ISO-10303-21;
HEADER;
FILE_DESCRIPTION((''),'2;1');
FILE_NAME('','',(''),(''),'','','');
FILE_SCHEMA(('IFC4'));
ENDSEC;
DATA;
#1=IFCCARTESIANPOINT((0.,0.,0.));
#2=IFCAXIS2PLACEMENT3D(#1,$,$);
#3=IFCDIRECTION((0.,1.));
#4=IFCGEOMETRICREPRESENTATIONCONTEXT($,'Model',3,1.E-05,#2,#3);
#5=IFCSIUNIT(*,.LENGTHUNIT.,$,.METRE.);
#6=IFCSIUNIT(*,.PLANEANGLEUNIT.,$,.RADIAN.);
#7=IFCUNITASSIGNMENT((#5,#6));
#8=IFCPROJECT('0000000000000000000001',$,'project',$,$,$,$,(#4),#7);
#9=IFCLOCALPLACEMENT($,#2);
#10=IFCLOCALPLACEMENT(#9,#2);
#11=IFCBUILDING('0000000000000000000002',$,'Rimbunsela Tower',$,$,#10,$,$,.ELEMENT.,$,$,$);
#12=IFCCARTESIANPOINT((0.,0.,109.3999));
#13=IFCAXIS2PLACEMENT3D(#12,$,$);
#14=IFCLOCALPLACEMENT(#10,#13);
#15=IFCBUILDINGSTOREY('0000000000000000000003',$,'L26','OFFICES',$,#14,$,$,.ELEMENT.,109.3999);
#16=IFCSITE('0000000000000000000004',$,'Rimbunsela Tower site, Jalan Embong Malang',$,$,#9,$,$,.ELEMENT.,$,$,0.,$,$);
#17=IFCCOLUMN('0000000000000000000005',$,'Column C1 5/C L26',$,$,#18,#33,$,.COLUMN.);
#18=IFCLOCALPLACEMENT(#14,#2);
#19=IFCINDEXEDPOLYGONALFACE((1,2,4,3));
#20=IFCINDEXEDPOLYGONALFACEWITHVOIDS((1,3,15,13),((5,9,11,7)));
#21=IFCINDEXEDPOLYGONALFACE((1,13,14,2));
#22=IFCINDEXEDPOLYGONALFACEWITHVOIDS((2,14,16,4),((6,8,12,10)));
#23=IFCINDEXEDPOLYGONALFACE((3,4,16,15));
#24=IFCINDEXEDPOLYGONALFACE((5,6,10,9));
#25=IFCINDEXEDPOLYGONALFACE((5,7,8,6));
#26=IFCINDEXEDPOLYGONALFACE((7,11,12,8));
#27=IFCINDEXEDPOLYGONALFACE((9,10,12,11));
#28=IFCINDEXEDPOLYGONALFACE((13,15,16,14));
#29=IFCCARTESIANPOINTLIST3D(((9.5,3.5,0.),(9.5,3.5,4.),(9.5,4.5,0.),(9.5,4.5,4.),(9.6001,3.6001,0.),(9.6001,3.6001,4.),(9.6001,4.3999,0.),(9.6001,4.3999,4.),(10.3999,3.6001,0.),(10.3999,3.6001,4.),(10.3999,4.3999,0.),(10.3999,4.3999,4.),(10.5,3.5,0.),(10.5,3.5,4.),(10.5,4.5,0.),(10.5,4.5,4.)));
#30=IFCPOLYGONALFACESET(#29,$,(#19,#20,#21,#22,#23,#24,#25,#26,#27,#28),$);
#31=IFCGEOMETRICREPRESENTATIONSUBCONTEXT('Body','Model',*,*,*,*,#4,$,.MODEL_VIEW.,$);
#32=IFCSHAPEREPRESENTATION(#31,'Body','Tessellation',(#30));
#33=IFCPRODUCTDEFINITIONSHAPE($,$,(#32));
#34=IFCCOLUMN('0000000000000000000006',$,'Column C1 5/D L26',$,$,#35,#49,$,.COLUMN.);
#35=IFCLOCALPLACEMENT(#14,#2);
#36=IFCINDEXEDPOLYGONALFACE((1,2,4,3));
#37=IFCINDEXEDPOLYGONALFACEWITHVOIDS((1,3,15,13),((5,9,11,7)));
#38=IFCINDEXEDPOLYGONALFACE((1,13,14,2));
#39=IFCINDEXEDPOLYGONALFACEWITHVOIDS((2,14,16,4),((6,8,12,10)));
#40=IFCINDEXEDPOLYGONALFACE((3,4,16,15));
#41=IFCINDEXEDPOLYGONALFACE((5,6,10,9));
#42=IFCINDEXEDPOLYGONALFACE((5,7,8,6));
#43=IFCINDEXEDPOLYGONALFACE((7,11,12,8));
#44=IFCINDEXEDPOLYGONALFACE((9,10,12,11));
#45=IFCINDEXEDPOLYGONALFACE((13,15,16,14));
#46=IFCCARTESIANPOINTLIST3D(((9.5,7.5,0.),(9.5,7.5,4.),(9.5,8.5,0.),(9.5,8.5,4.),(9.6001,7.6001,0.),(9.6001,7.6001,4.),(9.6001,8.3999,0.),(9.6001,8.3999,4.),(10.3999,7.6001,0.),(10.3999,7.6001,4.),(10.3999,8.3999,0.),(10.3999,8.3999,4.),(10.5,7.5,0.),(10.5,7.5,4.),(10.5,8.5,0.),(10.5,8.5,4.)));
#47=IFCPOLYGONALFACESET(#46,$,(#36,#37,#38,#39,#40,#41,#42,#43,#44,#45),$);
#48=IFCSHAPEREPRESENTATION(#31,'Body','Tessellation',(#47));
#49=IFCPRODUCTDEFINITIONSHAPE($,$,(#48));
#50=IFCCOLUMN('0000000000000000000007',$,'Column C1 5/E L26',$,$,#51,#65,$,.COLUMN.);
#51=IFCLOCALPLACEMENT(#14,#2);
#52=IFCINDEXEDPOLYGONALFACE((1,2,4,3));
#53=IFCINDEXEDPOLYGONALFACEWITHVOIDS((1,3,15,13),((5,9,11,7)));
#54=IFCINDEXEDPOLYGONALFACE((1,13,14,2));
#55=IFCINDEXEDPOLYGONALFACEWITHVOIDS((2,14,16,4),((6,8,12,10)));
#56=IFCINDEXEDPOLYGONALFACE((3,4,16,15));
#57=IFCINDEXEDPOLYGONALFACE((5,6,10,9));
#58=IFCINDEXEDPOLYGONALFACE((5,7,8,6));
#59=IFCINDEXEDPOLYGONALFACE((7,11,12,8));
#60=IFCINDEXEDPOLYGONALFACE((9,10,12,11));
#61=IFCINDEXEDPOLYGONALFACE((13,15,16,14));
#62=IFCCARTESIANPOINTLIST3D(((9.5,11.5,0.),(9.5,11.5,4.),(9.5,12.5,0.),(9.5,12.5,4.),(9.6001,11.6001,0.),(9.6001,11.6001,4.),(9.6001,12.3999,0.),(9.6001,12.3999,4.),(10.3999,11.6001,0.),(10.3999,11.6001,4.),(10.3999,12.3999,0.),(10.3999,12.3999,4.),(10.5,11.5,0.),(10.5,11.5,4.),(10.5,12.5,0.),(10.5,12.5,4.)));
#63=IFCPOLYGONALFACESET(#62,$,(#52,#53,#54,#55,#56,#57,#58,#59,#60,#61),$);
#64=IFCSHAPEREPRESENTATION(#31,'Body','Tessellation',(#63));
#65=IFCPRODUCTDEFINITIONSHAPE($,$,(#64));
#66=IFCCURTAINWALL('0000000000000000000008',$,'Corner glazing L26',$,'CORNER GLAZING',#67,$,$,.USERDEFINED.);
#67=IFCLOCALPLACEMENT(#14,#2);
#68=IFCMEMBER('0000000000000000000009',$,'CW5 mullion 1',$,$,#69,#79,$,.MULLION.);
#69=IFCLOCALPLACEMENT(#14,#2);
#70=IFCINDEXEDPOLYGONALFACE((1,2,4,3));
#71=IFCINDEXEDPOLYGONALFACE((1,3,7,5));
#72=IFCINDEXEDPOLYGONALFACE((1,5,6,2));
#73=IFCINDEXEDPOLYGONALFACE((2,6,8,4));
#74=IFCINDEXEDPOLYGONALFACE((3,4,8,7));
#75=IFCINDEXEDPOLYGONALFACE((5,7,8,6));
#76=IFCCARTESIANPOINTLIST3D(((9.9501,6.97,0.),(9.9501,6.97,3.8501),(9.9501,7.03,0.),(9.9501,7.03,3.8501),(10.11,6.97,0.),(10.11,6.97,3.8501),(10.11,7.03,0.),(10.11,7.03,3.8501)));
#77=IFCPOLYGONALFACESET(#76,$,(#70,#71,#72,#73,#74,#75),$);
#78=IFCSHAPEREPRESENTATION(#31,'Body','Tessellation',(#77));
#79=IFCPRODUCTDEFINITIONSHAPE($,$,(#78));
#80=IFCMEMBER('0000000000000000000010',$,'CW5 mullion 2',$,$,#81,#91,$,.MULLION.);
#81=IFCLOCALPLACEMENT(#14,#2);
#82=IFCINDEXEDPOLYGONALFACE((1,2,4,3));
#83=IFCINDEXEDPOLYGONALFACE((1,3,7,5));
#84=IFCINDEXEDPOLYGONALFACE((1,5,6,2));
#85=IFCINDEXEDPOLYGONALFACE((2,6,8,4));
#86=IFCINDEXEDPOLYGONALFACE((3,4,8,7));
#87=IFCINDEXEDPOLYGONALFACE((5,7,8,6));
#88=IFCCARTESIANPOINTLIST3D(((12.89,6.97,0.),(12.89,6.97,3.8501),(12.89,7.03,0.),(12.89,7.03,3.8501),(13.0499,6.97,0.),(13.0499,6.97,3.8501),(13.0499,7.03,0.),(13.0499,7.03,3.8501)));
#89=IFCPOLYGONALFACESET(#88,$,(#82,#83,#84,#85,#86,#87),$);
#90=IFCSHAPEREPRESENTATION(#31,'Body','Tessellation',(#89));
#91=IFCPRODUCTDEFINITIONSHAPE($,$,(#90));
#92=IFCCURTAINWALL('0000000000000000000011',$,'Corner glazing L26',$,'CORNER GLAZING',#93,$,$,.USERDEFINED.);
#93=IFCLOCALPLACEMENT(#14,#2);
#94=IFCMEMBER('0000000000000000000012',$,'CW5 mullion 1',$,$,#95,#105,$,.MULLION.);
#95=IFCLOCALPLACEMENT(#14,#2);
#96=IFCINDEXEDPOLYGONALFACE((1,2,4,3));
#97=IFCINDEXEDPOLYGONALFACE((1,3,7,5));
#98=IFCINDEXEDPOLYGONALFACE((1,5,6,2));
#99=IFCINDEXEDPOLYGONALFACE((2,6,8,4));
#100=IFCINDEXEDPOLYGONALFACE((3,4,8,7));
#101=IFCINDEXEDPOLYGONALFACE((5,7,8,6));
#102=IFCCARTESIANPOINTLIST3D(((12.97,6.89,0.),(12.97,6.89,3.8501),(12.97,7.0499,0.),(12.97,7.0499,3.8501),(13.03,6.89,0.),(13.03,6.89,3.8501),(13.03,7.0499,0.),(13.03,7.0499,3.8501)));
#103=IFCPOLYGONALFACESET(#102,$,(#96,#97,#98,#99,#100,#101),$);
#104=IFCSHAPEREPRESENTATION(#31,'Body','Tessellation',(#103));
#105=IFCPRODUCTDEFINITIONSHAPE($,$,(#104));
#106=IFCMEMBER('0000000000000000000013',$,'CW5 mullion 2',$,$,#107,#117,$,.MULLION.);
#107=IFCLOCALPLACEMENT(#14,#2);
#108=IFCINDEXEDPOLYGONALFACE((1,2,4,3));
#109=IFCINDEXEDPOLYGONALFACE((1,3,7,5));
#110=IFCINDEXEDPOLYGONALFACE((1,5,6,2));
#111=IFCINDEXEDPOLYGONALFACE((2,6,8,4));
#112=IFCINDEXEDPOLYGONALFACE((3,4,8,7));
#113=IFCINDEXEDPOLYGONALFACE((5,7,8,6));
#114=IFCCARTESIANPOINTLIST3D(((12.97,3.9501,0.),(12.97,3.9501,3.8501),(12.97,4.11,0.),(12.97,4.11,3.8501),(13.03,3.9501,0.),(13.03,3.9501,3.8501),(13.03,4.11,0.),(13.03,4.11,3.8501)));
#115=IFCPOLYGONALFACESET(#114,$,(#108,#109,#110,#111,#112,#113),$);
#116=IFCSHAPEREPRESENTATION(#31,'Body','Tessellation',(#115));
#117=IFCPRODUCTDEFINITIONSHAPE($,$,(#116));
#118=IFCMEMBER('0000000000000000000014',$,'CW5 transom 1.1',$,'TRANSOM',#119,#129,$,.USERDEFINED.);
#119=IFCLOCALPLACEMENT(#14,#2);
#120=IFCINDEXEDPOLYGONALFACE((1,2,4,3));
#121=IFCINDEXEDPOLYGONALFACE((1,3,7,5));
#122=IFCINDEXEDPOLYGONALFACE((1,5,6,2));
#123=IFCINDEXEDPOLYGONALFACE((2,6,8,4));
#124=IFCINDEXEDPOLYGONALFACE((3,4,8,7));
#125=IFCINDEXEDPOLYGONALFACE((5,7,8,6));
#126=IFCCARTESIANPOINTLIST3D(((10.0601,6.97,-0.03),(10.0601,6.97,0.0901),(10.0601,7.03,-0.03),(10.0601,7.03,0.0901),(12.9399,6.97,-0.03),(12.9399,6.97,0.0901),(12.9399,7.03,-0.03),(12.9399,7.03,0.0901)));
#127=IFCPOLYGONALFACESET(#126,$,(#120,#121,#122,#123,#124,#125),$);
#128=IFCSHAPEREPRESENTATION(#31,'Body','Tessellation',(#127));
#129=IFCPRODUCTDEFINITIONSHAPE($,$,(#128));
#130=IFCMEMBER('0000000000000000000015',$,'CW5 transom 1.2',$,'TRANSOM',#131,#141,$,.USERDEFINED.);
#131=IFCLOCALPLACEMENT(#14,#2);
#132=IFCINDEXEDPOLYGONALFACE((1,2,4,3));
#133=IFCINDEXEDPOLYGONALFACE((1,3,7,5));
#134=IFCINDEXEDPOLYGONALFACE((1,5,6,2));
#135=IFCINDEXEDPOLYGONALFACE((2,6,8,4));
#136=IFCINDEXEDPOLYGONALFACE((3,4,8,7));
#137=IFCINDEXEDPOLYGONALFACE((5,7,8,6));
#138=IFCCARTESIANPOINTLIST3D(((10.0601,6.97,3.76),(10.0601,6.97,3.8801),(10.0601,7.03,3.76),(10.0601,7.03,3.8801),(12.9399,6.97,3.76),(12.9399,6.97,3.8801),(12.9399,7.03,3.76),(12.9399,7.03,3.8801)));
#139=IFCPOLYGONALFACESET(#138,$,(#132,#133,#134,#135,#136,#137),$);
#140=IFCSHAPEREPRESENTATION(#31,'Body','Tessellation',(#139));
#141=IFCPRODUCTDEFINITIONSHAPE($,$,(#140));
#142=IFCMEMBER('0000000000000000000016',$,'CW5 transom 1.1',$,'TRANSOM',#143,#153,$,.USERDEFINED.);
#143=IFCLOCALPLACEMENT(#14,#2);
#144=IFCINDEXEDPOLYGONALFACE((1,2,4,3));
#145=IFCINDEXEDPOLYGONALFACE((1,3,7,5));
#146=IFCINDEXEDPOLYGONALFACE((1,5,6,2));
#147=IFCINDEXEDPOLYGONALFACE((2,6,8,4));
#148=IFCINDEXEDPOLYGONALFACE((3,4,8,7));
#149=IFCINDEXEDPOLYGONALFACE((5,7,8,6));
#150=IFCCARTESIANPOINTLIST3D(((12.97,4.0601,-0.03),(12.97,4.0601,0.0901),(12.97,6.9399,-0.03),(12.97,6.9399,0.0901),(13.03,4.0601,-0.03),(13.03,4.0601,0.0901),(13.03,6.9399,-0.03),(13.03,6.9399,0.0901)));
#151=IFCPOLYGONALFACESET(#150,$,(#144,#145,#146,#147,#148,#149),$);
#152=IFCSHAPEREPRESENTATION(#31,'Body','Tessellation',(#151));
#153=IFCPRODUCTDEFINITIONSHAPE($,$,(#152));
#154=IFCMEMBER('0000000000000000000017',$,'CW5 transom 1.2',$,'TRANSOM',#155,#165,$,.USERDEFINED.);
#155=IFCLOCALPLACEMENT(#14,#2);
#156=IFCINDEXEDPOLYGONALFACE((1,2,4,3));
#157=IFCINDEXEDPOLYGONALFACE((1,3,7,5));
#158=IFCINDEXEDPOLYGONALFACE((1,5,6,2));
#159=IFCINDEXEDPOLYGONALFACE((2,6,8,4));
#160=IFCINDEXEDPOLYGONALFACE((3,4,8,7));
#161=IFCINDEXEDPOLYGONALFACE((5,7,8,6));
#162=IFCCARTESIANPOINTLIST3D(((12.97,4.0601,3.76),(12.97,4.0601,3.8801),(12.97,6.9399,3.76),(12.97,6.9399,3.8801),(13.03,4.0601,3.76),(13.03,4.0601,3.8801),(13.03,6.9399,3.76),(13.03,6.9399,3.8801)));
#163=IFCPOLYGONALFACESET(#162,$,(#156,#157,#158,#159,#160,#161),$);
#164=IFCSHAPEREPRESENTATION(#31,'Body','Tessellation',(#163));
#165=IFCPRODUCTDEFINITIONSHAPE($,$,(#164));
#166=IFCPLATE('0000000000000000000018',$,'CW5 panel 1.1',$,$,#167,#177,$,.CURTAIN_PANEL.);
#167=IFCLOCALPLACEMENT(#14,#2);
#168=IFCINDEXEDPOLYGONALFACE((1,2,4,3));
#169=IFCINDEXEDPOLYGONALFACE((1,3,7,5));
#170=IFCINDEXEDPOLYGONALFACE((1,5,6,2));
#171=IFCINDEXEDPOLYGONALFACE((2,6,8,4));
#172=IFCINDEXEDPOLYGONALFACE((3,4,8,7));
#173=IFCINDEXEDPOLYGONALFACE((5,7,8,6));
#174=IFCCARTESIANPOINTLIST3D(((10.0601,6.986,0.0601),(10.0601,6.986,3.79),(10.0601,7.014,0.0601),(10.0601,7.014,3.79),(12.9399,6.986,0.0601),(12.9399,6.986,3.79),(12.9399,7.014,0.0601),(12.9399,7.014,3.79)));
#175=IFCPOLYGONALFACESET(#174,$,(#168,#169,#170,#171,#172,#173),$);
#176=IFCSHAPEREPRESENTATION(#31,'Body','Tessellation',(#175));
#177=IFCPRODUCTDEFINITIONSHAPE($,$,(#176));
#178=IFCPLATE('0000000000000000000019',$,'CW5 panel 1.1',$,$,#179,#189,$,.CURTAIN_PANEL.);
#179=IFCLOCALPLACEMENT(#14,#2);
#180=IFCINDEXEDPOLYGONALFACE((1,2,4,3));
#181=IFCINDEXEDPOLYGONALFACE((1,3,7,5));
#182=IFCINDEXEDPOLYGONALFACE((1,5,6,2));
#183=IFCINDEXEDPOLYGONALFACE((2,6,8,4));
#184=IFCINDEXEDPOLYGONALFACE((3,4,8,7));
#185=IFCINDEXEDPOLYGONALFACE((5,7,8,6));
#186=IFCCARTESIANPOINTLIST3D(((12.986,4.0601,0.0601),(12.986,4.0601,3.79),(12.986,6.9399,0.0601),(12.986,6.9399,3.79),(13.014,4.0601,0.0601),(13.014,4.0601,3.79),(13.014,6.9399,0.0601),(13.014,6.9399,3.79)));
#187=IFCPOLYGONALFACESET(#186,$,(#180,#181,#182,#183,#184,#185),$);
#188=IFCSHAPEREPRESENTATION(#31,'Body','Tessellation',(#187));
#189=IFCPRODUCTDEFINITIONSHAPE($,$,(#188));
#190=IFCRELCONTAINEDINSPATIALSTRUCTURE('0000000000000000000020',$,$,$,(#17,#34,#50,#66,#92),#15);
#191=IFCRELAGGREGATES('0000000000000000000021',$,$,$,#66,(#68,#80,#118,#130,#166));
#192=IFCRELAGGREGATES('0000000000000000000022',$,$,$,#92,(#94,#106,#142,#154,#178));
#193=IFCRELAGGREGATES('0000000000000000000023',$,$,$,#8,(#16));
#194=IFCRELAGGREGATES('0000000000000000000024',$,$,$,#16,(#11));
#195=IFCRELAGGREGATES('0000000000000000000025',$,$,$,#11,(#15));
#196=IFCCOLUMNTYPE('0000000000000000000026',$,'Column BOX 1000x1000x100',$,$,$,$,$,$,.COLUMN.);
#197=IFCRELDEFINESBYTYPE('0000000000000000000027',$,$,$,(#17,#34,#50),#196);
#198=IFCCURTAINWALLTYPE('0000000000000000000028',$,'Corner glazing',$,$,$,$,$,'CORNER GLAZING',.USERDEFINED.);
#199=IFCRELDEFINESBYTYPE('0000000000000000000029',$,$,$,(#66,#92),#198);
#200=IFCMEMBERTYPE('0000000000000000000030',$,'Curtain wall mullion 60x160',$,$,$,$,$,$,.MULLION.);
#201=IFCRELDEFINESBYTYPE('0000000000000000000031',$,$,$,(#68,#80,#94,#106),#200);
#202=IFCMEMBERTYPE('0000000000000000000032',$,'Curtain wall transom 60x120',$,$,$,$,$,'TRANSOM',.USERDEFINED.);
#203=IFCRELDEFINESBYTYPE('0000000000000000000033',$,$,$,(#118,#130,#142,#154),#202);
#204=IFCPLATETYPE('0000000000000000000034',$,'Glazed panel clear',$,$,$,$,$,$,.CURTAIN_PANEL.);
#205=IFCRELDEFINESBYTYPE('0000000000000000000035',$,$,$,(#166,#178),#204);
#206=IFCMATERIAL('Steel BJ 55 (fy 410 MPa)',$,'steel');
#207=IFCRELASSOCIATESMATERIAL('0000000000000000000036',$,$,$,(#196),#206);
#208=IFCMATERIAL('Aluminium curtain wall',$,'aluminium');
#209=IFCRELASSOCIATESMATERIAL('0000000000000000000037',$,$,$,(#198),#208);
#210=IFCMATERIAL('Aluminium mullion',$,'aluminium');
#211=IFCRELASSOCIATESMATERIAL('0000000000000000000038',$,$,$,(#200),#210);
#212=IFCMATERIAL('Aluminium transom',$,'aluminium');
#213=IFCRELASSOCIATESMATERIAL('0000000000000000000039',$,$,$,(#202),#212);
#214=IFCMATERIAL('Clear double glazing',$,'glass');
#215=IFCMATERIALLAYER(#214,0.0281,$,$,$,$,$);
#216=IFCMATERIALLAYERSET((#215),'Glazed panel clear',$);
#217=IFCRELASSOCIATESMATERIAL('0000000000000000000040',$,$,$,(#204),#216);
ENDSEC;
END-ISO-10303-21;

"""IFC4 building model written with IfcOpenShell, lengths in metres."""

from ifc_helpers import new_model, si_unit, direction, frame, origin, origin_2d, place, context, subcontext, project, spatial, rectangle, hollow_rectangle, extrude, material, layer, layer_set, material_profile, profile_set, type_object, element, aggregate, save


model = new_model("IFC4")

# Units and contexts
model_context = context("Model", 3, precision=1e-05, world=origin(), true_north=direction((0.0, 1.0)))
body_context = subcontext(model_context, "Body", "Model", "MODEL_VIEW")
ifc_project = project(units=[si_unit("LENGTHUNIT", "METRE"), si_unit("PLANEANGLEUNIT", "RADIAN")], contexts=[model_context])

# Site, building, storey
site_placement = place(None, origin())
site = spatial("IfcSite", under=ifc_project, at=site_placement, Name="Rimbunsela Tower site, Jalan Embong Malang", CompositionType="ELEMENT", RefElevation=0.0)
building_placement = place(site_placement, origin())
building = spatial("IfcBuilding", under=site, at=building_placement, Name="Rimbunsela Tower", CompositionType="ELEMENT")
storey_placement = place(building_placement, frame((0.0, 0.0, 109.3999)))
storey = spatial("IfcBuildingStorey", under=building, at=storey_placement, Name="L26", Description="OFFICES", CompositionType="ELEMENT", Elevation=109.3999)

# Columns
ifc_material_1 = material(Name="Steel BJ 55 (fy 410 MPa)", Category="steel")
ifc_material_profile_1 = material_profile(ifc_material_1, hollow_rectangle(XDim=1.0, YDim=1.0, WallThickness=0.1001, at=origin_2d()), Name="BOX 1000x1000x100")
ifc_profile_set_1 = profile_set([ifc_material_profile_1], Name="Steel BJ 55 (fy 410 MPa)")
column_type = type_object("IfcColumnType", Name="Column BOX 1000x1000x100", PredefinedType="COLUMN", material=ifc_profile_set_1)
for number, where, z_axis, x_axis, name in (
    (1, (10.0, 4.0, 0.0), (0.0, 0.0, 1.0), (1.0, 0.0, 0.0), "Column C1 5/C L26"),
    (2, (10.0, 8.0, 0.0), (0.0, 0.0, 1.0), (1.0, 0.0, 0.0), "Column C1 5/D L26"),
    (3, (10.0, 12.0, 0.0), (0.0, 0.0, 1.0), (1.0, 0.0, 0.0), "Column C1 5/E L26"),
):
    element("IfcColumn", number, at=place(storey_placement, frame(where, z_axis=z_axis, x_axis=x_axis)), inside=storey, type_object=column_type, Name=name, PredefinedType="COLUMN", context=body_context, shape_type="SweptSolid", body=[
        extrude(hollow_rectangle(XDim=1.0, YDim=1.0, WallThickness=0.1001, at=origin_2d()), origin(), (0.0, 0.0, 1.0), 4.0),
    ])

# Curtain walls, members
ifc_material_2 = material(Name="Aluminium curtain wall", Category="aluminium")
curtain_wall_type = type_object("IfcCurtainWallType", Name="Corner glazing", ElementType="CORNER GLAZING", PredefinedType="USERDEFINED", material=ifc_material_2)
curtain_wall_1_placement = place(storey_placement, origin())
curtain_wall_1 = element("IfcCurtainWall", 4, at=curtain_wall_1_placement, inside=storey, type_object=curtain_wall_type, Name="Corner glazing L26", ObjectType="CORNER GLAZING", PredefinedType="USERDEFINED")
ifc_material_3 = material(Name="Aluminium mullion", Category="aluminium")
ifc_material_profile_2 = material_profile(ifc_material_3, rectangle(XDim=0.0601, YDim=0.1599, at=origin_2d()), Name="Mullion 60x160")
ifc_profile_set_2 = profile_set([ifc_material_profile_2], Name="Aluminium mullion")
member_type_1 = type_object("IfcMemberType", Name="Curtain wall mullion 60x160", PredefinedType="MULLION", material=ifc_profile_set_2)
member_1_placement = place(storey_placement, frame((10.03, 7.0, 0.0), z_axis=(0.0, 0.0, 1.0), x_axis=(0.0, 1.0, 0.0)))
member_1 = element("IfcMember", 5, at=member_1_placement, type_object=member_type_1, Name="CW5 mullion 1", PredefinedType="MULLION", context=body_context, shape_type="SweptSolid", body=[
    extrude(rectangle(XDim=0.0601, YDim=0.1599, at=origin_2d()), origin(), (0.0, 0.0, 1.0), 3.8501),
])
member_2_placement = place(storey_placement, frame((12.97, 7.0, 0.0), z_axis=(0.0, 0.0, 1.0), x_axis=(0.0, 1.0, 0.0)))
member_2 = element("IfcMember", 6, at=member_2_placement, type_object=member_type_1, Name="CW5 mullion 2", PredefinedType="MULLION", context=body_context, shape_type="SweptSolid", body=[
    extrude(rectangle(XDim=0.0601, YDim=0.1599, at=origin_2d()), origin(), (0.0, 0.0, 1.0), 3.8501),
])
curtain_wall_2_placement = place(storey_placement, origin())
curtain_wall_2 = element("IfcCurtainWall", 7, at=curtain_wall_2_placement, inside=storey, type_object=curtain_wall_type, Name="Corner glazing L26", ObjectType="CORNER GLAZING", PredefinedType="USERDEFINED")
member_3_placement = place(storey_placement, frame((13.0, 6.97, 0.0), z_axis=(0.0, 0.0, 1.0), x_axis=(1.0, 0.0, 0.0)))
member_3 = element("IfcMember", 8, at=member_3_placement, type_object=member_type_1, Name="CW5 mullion 1", PredefinedType="MULLION", context=body_context, shape_type="SweptSolid", body=[
    extrude(rectangle(XDim=0.0601, YDim=0.1599, at=origin_2d()), origin(), (0.0, 0.0, 1.0), 3.8501),
])
member_4_placement = place(storey_placement, frame((13.0, 4.03, 0.0), z_axis=(0.0, 0.0, 1.0), x_axis=(1.0, 0.0, 0.0)))
member_4 = element("IfcMember", 9, at=member_4_placement, type_object=member_type_1, Name="CW5 mullion 2", PredefinedType="MULLION", context=body_context, shape_type="SweptSolid", body=[
    extrude(rectangle(XDim=0.0601, YDim=0.1599, at=origin_2d()), origin(), (0.0, 0.0, 1.0), 3.8501),
])

# Members
ifc_material_4 = material(Name="Aluminium transom", Category="aluminium")
ifc_material_profile_3 = material_profile(ifc_material_4, rectangle(XDim=0.0601, YDim=0.1201, at=origin_2d()), Name="Transom 60x120")
ifc_profile_set_3 = profile_set([ifc_material_profile_3], Name="Aluminium transom")
member_type_2 = type_object("IfcMemberType", Name="Curtain wall transom 60x120", ElementType="TRANSOM", PredefinedType="USERDEFINED", material=ifc_profile_set_3)
member_5_placement = place(storey_placement, frame((10.0601, 7.0, 0.03), z_axis=(1.0, 0.0, 0.0), x_axis=(0.0, 1.0, 0.0)))
member_5 = element("IfcMember", 10, at=member_5_placement, type_object=member_type_2, Name="CW5 transom 1.1", ObjectType="TRANSOM", PredefinedType="USERDEFINED", context=body_context, shape_type="SweptSolid", body=[
    extrude(rectangle(XDim=0.0601, YDim=0.1201, at=origin_2d()), origin(), (0.0, 0.0, 1.0), 2.8799),
])
member_6_placement = place(storey_placement, frame((10.0601, 7.0, 3.8201), z_axis=(1.0, 0.0, 0.0), x_axis=(0.0, 1.0, 0.0)))
member_6 = element("IfcMember", 11, at=member_6_placement, type_object=member_type_2, Name="CW5 transom 1.2", ObjectType="TRANSOM", PredefinedType="USERDEFINED", context=body_context, shape_type="SweptSolid", body=[
    extrude(rectangle(XDim=0.0601, YDim=0.1201, at=origin_2d()), origin(), (0.0, 0.0, 1.0), 2.8799),
])
member_7_placement = place(storey_placement, frame((13.0, 6.9399, 0.03), z_axis=(0.0, -1.0, 0.0), x_axis=(1.0, 0.0, 0.0)))
member_7 = element("IfcMember", 12, at=member_7_placement, type_object=member_type_2, Name="CW5 transom 1.1", ObjectType="TRANSOM", PredefinedType="USERDEFINED", context=body_context, shape_type="SweptSolid", body=[
    extrude(rectangle(XDim=0.0601, YDim=0.1201, at=origin_2d()), origin(), (0.0, 0.0, 1.0), 2.8799),
])
member_8_placement = place(storey_placement, frame((13.0, 6.9399, 3.8201), z_axis=(0.0, -1.0, 0.0), x_axis=(1.0, 0.0, 0.0)))
member_8 = element("IfcMember", 13, at=member_8_placement, type_object=member_type_2, Name="CW5 transom 1.2", ObjectType="TRANSOM", PredefinedType="USERDEFINED", context=body_context, shape_type="SweptSolid", body=[
    extrude(rectangle(XDim=0.0601, YDim=0.1201, at=origin_2d()), origin(), (0.0, 0.0, 1.0), 2.8799),
])

# Plates
ifc_material_5 = material(Name="Clear double glazing", Category="glass")
ifc_layer_1 = layer(ifc_material_5, 0.0281)
ifc_layer_set_1 = layer_set([ifc_layer_1], Name="Glazed panel clear")
plate_type = type_object("IfcPlateType", Name="Glazed panel clear", PredefinedType="CURTAIN_PANEL", material=ifc_layer_set_1)
plate_1_placement = place(storey_placement, frame((11.5, 7.0, 0.0601), z_axis=(0.0, 0.0, 1.0), x_axis=(1.0, 0.0, 0.0)))
plate_1 = element("IfcPlate", 14, at=plate_1_placement, type_object=plate_type, Name="CW5 panel 1.1", PredefinedType="CURTAIN_PANEL", context=body_context, shape_type="SweptSolid", body=[
    extrude(rectangle(XDim=2.8799, YDim=0.0281, at=origin_2d()), origin(), (0.0, 0.0, 1.0), 3.73),
])
aggregate(curtain_wall_1, [member_1, member_2, member_5, member_6, plate_1])
plate_2_placement = place(storey_placement, frame((13.0, 5.5, 0.0601), z_axis=(0.0, 0.0, 1.0), x_axis=(0.0, -1.0, 0.0)))
plate_2 = element("IfcPlate", 15, at=plate_2_placement, type_object=plate_type, Name="CW5 panel 1.1", PredefinedType="CURTAIN_PANEL", context=body_context, shape_type="SweptSolid", body=[
    extrude(rectangle(XDim=2.8799, YDim=0.0281, at=origin_2d()), origin(), (0.0, 0.0, 1.0), 3.73),
])
aggregate(curtain_wall_2, [member_3, member_4, member_7, member_8, plate_2])

save(model, "model.ifc")
